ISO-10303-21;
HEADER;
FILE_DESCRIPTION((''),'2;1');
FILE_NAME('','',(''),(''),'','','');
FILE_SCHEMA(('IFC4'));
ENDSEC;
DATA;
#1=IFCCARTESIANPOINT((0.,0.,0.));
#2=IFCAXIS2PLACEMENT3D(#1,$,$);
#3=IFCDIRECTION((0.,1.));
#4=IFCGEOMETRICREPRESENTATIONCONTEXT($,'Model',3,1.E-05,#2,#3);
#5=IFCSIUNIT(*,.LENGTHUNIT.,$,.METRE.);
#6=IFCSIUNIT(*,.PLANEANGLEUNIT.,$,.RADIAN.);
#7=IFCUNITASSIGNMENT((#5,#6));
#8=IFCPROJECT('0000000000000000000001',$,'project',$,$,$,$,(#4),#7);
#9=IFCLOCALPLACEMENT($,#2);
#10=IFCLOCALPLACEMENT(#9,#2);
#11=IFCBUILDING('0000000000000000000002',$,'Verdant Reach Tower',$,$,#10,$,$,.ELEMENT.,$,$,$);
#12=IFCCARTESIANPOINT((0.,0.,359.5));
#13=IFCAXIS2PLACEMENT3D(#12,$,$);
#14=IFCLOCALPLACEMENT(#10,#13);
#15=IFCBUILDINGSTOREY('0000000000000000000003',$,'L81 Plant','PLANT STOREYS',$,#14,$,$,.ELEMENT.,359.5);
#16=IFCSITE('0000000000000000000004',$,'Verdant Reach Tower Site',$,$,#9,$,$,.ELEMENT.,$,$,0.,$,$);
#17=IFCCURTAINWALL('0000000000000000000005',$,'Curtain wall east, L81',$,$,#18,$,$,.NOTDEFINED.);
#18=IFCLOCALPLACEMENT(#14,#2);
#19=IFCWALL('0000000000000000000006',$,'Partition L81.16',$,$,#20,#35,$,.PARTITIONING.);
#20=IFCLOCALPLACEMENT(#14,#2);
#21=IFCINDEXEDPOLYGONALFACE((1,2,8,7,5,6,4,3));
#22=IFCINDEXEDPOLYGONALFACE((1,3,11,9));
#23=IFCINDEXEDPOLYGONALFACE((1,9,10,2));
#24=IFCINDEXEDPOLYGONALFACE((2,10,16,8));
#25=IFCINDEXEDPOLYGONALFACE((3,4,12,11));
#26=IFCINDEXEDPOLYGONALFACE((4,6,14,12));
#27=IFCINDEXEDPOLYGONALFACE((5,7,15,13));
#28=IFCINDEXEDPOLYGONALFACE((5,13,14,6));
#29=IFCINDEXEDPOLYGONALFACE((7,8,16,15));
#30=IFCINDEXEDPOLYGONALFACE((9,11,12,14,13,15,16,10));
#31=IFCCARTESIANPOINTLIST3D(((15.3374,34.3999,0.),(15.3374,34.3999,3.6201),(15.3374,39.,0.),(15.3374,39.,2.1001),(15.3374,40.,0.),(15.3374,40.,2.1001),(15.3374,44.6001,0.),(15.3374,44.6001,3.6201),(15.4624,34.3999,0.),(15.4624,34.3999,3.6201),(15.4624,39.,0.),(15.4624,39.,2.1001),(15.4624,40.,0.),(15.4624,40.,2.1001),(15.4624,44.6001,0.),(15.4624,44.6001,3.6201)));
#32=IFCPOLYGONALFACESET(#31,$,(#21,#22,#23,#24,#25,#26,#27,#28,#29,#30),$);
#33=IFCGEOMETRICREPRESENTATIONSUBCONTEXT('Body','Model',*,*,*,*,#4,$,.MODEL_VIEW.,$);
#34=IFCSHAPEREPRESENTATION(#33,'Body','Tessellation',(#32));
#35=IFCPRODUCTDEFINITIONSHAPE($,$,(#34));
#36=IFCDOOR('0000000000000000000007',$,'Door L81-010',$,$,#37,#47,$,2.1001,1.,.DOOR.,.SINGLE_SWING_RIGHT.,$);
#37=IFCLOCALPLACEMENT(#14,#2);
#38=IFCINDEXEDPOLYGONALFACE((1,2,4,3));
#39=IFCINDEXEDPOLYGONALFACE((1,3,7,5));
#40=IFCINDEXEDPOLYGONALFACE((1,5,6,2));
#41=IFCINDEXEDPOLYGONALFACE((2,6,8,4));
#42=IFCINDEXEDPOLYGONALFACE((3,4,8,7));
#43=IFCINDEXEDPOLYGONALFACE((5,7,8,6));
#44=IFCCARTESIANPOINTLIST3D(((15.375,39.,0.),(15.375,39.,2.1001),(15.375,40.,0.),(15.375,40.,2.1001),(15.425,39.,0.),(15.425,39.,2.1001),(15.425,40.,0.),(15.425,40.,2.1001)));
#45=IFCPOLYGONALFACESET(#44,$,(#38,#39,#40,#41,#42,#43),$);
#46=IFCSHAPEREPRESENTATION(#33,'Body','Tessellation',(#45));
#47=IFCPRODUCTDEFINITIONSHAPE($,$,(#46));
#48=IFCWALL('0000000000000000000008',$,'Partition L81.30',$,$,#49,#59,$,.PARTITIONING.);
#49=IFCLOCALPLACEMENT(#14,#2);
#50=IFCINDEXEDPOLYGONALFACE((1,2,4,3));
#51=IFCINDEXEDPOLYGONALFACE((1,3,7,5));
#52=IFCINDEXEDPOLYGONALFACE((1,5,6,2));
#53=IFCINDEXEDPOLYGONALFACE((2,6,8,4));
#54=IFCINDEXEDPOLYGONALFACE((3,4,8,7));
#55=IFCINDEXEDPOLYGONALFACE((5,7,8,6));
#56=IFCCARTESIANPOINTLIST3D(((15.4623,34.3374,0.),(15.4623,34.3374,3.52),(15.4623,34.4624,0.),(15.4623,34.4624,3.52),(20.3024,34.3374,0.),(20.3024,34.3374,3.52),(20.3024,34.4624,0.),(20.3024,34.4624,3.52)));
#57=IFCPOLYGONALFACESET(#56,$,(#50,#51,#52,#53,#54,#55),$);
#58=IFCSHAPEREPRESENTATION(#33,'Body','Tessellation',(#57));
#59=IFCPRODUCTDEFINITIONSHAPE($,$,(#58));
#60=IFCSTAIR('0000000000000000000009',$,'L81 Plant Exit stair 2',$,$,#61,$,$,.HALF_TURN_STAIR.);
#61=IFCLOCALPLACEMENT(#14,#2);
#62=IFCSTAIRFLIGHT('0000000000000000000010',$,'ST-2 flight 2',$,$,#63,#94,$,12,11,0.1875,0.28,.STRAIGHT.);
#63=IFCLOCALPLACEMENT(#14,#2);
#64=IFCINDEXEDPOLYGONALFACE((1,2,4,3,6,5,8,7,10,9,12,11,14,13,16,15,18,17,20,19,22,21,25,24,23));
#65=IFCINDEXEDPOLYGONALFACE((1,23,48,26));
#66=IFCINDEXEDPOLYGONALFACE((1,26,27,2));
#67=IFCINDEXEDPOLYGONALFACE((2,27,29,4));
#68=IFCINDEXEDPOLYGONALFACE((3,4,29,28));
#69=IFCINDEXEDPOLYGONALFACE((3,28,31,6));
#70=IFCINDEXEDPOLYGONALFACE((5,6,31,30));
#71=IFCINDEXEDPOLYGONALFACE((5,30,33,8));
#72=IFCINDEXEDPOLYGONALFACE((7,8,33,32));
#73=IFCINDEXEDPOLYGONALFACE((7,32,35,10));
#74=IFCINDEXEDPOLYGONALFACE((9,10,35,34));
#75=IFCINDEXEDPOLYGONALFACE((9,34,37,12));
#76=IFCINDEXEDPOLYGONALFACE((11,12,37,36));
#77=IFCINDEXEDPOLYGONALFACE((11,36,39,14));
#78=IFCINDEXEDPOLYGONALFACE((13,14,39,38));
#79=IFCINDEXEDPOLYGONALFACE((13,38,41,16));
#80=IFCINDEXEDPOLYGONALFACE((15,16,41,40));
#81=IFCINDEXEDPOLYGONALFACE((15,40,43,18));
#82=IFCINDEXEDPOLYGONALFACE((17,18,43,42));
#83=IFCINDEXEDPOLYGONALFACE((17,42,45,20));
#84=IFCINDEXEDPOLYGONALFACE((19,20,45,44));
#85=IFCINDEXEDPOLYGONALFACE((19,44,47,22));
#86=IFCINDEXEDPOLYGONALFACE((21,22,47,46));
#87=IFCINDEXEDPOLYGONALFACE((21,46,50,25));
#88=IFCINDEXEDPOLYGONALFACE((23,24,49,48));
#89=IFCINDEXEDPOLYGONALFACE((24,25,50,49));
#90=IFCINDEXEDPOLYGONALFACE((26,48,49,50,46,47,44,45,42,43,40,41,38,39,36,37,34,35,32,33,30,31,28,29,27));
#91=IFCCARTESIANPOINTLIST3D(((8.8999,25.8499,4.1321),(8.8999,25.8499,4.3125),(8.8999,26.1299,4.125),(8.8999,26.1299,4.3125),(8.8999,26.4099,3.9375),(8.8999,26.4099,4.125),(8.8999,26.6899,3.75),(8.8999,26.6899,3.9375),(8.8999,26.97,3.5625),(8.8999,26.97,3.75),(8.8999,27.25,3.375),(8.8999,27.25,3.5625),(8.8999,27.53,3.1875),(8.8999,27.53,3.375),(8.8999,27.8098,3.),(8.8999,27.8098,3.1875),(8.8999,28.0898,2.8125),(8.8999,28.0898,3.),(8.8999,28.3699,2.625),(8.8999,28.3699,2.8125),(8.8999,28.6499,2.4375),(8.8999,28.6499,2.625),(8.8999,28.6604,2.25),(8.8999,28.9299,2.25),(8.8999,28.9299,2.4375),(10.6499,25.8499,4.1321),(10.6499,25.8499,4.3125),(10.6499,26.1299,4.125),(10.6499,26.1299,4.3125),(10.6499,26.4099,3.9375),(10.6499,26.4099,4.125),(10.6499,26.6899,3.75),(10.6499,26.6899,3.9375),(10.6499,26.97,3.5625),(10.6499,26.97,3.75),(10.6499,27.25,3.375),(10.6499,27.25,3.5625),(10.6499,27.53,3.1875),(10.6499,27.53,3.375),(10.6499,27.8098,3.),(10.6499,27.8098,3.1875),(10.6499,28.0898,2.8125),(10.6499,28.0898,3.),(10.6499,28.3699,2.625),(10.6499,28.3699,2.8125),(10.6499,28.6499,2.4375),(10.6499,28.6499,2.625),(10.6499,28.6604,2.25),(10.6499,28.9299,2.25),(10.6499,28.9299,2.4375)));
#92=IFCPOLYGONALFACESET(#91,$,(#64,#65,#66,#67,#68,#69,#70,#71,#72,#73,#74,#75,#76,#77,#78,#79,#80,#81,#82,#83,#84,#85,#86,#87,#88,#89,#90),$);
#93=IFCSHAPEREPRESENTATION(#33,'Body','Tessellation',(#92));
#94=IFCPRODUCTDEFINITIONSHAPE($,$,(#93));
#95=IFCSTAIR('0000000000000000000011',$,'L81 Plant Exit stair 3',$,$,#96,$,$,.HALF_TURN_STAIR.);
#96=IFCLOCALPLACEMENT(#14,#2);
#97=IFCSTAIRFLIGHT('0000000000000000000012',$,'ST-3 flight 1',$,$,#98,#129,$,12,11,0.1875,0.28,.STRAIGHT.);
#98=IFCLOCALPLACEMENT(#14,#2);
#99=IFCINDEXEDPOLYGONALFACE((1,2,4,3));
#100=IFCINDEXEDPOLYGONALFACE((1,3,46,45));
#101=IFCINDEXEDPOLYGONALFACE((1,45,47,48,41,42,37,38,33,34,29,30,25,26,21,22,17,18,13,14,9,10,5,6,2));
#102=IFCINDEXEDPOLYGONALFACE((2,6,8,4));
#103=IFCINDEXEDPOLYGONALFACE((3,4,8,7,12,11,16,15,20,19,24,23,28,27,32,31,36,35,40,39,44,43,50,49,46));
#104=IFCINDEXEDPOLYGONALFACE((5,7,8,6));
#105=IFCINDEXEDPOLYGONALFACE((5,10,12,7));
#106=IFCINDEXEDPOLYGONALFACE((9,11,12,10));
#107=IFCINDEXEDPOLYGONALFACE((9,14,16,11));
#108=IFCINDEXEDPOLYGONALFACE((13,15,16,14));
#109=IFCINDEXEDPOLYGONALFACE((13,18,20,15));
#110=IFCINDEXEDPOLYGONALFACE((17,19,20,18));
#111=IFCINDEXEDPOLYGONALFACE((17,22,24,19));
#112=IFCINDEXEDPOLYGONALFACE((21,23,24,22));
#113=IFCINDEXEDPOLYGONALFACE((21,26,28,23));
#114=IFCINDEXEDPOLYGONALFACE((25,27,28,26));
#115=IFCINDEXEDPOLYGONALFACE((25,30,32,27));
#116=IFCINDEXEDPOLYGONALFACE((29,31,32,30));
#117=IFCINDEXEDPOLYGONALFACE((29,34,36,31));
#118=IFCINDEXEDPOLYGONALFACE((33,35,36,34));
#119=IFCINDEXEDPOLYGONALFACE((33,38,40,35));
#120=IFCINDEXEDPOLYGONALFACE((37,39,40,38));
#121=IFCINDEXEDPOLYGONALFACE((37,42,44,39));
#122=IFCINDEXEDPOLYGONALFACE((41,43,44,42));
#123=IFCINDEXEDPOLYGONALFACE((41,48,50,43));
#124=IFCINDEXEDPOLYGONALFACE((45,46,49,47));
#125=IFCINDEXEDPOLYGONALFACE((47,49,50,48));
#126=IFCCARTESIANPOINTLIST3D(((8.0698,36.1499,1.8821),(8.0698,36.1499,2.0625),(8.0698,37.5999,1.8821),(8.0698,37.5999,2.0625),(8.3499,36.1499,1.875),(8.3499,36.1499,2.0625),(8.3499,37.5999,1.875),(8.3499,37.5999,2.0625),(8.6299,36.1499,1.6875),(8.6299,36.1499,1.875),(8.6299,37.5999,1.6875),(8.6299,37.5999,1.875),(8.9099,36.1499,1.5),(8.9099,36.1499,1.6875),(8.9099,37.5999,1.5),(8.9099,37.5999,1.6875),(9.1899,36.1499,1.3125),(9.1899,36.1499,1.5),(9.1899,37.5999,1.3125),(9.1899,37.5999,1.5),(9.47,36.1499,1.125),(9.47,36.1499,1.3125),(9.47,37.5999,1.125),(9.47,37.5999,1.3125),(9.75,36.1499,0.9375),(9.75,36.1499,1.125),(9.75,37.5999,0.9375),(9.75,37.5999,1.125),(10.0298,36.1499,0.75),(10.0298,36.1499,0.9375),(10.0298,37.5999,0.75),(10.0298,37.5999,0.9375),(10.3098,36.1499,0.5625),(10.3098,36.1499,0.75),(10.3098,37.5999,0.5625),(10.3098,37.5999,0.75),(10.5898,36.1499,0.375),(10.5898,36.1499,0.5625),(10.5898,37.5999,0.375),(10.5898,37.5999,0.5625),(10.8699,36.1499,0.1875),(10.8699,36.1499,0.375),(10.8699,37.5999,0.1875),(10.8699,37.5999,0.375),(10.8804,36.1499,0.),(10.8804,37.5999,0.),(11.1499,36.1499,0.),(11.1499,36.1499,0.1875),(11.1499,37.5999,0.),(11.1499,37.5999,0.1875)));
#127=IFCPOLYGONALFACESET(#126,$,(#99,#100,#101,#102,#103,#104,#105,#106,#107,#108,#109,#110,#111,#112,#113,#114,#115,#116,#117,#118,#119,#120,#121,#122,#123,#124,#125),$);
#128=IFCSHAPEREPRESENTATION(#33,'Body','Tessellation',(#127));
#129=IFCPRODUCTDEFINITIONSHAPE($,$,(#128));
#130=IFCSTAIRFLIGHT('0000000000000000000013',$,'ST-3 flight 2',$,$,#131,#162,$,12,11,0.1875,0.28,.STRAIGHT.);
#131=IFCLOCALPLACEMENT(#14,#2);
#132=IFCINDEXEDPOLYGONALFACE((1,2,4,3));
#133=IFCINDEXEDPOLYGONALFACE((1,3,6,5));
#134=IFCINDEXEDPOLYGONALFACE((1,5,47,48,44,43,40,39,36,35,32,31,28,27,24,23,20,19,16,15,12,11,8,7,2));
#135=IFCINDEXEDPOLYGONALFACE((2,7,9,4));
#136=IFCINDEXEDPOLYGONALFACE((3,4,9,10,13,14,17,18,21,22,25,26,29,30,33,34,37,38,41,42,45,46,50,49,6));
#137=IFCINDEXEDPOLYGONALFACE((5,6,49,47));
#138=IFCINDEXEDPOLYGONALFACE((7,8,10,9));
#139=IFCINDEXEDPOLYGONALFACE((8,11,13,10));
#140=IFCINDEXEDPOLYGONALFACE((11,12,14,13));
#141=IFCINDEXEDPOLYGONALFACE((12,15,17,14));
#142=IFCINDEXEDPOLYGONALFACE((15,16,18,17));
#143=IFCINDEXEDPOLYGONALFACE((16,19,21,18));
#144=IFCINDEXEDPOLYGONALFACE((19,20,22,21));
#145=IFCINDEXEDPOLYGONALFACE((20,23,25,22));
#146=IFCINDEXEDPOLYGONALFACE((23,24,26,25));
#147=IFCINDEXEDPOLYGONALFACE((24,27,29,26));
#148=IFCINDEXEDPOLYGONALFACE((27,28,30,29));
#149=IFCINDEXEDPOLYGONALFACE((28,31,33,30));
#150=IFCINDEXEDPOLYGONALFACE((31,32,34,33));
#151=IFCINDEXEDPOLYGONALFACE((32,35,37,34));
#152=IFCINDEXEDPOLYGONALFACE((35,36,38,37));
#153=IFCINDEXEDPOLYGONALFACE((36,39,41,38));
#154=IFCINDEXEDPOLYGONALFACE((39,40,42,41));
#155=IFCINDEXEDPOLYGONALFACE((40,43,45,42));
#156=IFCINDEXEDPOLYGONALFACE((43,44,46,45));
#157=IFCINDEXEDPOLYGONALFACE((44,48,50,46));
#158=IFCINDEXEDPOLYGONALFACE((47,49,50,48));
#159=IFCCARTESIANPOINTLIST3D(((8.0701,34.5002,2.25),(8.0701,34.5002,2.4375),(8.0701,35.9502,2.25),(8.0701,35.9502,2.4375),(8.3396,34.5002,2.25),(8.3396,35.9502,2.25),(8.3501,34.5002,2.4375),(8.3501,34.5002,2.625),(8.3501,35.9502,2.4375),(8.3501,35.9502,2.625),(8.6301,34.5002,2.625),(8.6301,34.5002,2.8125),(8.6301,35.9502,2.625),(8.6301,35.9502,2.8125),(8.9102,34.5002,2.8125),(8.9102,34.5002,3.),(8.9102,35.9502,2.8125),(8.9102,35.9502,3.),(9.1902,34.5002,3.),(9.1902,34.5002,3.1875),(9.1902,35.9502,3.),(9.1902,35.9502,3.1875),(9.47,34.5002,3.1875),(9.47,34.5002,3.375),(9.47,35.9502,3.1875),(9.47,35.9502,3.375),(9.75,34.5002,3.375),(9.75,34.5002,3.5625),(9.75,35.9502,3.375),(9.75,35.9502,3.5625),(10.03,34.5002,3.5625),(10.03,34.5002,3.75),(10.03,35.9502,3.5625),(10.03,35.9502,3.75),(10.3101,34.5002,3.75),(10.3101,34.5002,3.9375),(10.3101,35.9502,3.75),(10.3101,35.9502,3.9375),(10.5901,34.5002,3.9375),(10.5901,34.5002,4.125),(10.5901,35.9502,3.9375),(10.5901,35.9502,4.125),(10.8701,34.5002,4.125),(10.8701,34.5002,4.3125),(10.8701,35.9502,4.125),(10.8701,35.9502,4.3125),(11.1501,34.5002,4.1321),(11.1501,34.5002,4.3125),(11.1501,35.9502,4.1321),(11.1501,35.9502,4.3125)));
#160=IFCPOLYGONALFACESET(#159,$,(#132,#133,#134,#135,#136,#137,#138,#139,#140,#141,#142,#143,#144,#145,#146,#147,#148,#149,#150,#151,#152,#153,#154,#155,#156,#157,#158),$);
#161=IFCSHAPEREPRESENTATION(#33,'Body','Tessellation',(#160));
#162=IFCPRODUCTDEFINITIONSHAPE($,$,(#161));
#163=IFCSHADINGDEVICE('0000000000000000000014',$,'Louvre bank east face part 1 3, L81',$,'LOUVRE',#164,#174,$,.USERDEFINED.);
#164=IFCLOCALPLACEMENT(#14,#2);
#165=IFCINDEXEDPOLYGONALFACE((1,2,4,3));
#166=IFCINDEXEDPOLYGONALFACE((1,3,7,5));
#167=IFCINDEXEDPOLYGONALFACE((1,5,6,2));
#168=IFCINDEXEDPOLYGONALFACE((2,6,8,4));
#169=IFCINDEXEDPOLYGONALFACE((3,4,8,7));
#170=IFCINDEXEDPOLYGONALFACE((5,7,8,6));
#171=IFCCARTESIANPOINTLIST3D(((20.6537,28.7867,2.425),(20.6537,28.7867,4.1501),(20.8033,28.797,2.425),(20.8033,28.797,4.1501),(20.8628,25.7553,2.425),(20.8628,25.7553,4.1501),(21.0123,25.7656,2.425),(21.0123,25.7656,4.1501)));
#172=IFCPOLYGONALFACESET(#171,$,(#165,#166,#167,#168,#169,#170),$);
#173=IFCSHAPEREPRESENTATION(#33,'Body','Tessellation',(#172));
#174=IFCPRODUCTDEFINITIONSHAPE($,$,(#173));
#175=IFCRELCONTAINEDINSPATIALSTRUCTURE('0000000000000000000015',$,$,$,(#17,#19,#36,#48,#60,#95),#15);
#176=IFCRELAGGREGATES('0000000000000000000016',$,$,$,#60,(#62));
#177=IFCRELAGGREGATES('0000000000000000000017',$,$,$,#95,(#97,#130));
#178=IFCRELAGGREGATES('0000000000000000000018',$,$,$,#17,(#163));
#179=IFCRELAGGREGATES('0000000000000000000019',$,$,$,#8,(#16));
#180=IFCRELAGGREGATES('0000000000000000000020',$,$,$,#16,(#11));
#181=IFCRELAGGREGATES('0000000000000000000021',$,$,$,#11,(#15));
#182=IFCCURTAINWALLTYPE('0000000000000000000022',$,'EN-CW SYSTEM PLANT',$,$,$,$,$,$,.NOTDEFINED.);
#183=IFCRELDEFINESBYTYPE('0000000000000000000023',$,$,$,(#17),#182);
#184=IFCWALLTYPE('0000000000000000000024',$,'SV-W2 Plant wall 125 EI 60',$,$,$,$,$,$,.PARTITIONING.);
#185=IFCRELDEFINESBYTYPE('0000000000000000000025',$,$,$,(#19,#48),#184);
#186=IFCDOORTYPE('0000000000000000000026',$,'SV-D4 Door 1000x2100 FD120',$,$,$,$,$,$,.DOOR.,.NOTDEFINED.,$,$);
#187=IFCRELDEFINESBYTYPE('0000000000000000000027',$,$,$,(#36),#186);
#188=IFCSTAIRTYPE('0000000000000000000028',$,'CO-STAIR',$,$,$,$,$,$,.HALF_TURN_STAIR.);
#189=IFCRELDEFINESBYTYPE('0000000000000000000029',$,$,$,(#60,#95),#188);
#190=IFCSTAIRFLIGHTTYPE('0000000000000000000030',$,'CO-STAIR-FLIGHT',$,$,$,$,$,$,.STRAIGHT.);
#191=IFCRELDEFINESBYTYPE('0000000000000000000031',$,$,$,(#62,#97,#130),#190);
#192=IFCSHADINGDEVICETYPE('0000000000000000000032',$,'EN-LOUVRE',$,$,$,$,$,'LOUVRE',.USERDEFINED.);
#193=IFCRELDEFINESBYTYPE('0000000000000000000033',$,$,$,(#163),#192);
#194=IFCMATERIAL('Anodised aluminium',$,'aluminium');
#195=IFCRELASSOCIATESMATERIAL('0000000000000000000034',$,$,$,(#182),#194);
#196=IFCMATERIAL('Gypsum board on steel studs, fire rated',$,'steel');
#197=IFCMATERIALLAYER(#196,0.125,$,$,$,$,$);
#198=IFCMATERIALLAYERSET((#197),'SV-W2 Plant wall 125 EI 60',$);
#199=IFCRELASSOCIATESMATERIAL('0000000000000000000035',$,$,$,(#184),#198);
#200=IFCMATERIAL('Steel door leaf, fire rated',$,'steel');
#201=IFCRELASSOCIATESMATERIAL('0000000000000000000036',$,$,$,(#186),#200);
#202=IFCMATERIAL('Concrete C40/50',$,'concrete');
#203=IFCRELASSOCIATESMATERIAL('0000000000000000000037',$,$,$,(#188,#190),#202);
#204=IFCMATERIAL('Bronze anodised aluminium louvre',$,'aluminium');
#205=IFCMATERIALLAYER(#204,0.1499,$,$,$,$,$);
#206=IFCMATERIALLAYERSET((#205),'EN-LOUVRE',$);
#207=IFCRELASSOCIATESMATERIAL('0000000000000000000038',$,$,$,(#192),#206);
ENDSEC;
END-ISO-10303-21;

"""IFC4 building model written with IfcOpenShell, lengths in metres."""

from ifc_helpers import new_model, si_unit, direction, frame, frame_2d, origin, origin_2d, place, context, subcontext, project, spatial, polyline, rectangle, outline, extrude, material, layer, layer_set, type_object, element, fill, aggregate, save


model = new_model("IFC4")

# Units and contexts
model_context = context("Model", 3, precision=1e-05, world=origin(), true_north=direction((0.0, 1.0)))
body_context = subcontext(model_context, "Body", "Model", "MODEL_VIEW")
ifc_project = project(units=[si_unit("LENGTHUNIT", "METRE"), si_unit("PLANEANGLEUNIT", "RADIAN")], contexts=[model_context])

# Site, building, storey
site_placement = place(None, origin())
site = spatial("IfcSite", under=ifc_project, at=site_placement, Name="Verdant Reach Tower Site", CompositionType="ELEMENT", RefElevation=0.0)
building_placement = place(site_placement, origin())
building = spatial("IfcBuilding", under=site, at=building_placement, Name="Verdant Reach Tower", CompositionType="ELEMENT")
storey_placement = place(building_placement, frame((0.0, 0.0, 359.5)))
storey = spatial("IfcBuildingStorey", under=building, at=storey_placement, Name="L81 Plant", Description="PLANT STOREYS", CompositionType="ELEMENT", Elevation=359.5)

# Curtain wall
ifc_material_1 = material(Name="Anodised aluminium", Category="aluminium")
curtain_wall_type = type_object("IfcCurtainWallType", Name="EN-CW SYSTEM PLANT", PredefinedType="NOTDEFINED", material=ifc_material_1)
curtain_wall_placement = place(storey_placement, origin())
curtain_wall = element("IfcCurtainWall", 1, at=curtain_wall_placement, inside=storey, type_object=curtain_wall_type, Name="Curtain wall east, L81", PredefinedType="NOTDEFINED")

# Shared definitions
ifc_material_2 = material(Name="Concrete C40/50", Category="concrete")

# Wall, opening, door
ifc_material_3 = material(Name="Gypsum board on steel studs, fire rated", Category="steel")
ifc_layer_1 = layer(ifc_material_3, 0.125)
ifc_layer_set_1 = layer_set([ifc_layer_1], Name="SV-W2 Plant wall 125 EI 60")
wall_type_1 = type_object("IfcWallType", Name="SV-W2 Plant wall 125 EI 60", PredefinedType="PARTITIONING", material=ifc_layer_set_1)
wall_1_placement = place(storey_placement, frame((15.3999, 34.3999, 0.0), z_axis=(0.0, 0.0, 1.0), x_axis=(0.0, 1.0, 0.0)))
wall_1 = element("IfcWall", 2, at=wall_1_placement, inside=storey, type_object=wall_type_1, Name="Partition L81.16", PredefinedType="PARTITIONING", context=body_context, shape_type="SweptSolid", body=[
    extrude(rectangle(XDim=10.2002, YDim=0.125, at=frame_2d((5.1001, 0.0))), origin(), (0.0, 0.0, 1.0), 3.6201),
])
opening_1_placement = place(wall_1_placement, frame((4.6001, 0.0, 0.0)))
opening_1 = element("IfcOpeningElement", 3, at=opening_1_placement, cuts=wall_1, PredefinedType="OPENING", context=body_context, shape_type="SweptSolid", body=[
    extrude(rectangle(XDim=1.0, YDim=2.1001, at=frame_2d((0.5, 1.05))), frame((0.0, 0.0725, 0.0), z_axis=(0.0, -1.0, 0.0), x_axis=(1.0, 0.0, 0.0)), (0.0, 0.0, 1.0), 0.145),
])
ifc_material_4 = material(Name="Steel door leaf, fire rated", Category="steel")
door_type_1 = type_object("IfcDoorType", Name="SV-D4 Door 1000x2100 FD120", OperationType="NOTDEFINED", PredefinedType="DOOR", material=ifc_material_4)
door_1_placement = place(opening_1_placement, origin())
door_1 = element("IfcDoor", 4, at=door_1_placement, inside=storey, type_object=door_type_1, Name="Door L81-010", OperationType="SINGLE_SWING_RIGHT", OverallHeight=2.1001, OverallWidth=1.0, PredefinedType="DOOR", context=body_context, shape_type="SweptSolid", body=[
    extrude(rectangle(XDim=1.0, YDim=2.1001, at=frame_2d((0.5, 1.05))), frame((0.0, 0.0249, 0.0), z_axis=(0.0, -1.0, 0.0), x_axis=(1.0, 0.0, 0.0)), (0.0, 0.0, 1.0), 0.05),
])
fill(opening_1, door_1)

# Wall
wall_2_placement = place(storey_placement, frame((15.4624, 34.3999, 0.0), z_axis=(0.0, 0.0, 1.0), x_axis=(1.0, 0.0, 0.0)))
element("IfcWall", 5, at=wall_2_placement, inside=storey, type_object=wall_type_1, Name="Partition L81.30", PredefinedType="PARTITIONING", context=body_context, shape_type="SweptSolid", body=[
    extrude(rectangle(XDim=4.8401, YDim=0.125, at=frame_2d((2.4199, 0.0))), origin(), (0.0, 0.0, 1.0), 3.52),
])

# Stair, stair flight
stair_type = type_object("IfcStairType", Name="CO-STAIR", PredefinedType="HALF_TURN_STAIR", material=ifc_material_2)
stair_1_placement = place(storey_placement, origin())
stair_1 = element("IfcStair", 6, at=stair_1_placement, inside=storey, type_object=stair_type, Name="L81 Plant Exit stair 2", PredefinedType="HALF_TURN_STAIR")
stair_flight_type = type_object("IfcStairFlightType", Name="CO-STAIR-FLIGHT", PredefinedType="STRAIGHT", material=ifc_material_2)
stair_flight_1_placement = place(storey_placement, frame((9.7749, 28.9299, 2.25), z_axis=(0.0, 0.0, 1.0), x_axis=(0.0, -1.0, 0.0)))
stair_flight_1 = element("IfcStairFlight", 7, at=stair_flight_1_placement, type_object=stair_flight_type, Name="ST-2 flight 2", NumberOfRisers=12, NumberOfTreads=11, PredefinedType="STRAIGHT", RiserHeight=0.1875, TreadLength=0.28, context=body_context, shape_type="SweptSolid", body=[
    extrude(outline(polyline([(0.0, 0.0), (0.0, 0.1875), (0.28, 0.1875), (0.28, 0.375), (0.5601, 0.375), (0.5601, 0.5625), (0.8401, 0.5625), (0.8401, 0.75), (1.1201, 0.75), (1.1201, 0.9375), (1.3999, 0.9375), (1.3999, 1.125), (1.6799, 1.125), (1.6799, 1.3125), (1.96, 1.3125), (1.96, 1.5), (2.24, 1.5), (2.24, 1.6875), (2.52, 1.6875), (2.52, 1.875), (2.8, 1.875), (2.8, 2.0625), (3.0801, 2.0625), (3.0801, 2.25), (3.0801, 1.8821), (0.2695, 0.0), (0.0, 0.0)])), frame((0.0, 0.875, 0.0), z_axis=(0.0, -1.0, 0.0), x_axis=(1.0, 0.0, 0.0)), (0.0, 0.0, 1.0), 1.75),
])
aggregate(stair_1, [stair_flight_1])

# Stair, stair flights
stair_2_placement = place(storey_placement, origin())
stair_2 = element("IfcStair", 8, at=stair_2_placement, inside=storey, type_object=stair_type, Name="L81 Plant Exit stair 3", PredefinedType="HALF_TURN_STAIR")
stair_flight_2_placement = place(storey_placement, frame((11.1499, 36.875, 0.0), z_axis=(0.0, 0.0, 1.0), x_axis=(-1.0, 0.0, 0.0)))
stair_flight_2 = element("IfcStairFlight", 9, at=stair_flight_2_placement, type_object=stair_flight_type, Name="ST-3 flight 1", NumberOfRisers=12, NumberOfTreads=11, PredefinedType="STRAIGHT", RiserHeight=0.1875, TreadLength=0.28, context=body_context, shape_type="SweptSolid", body=[
    extrude(outline(polyline([(0.0, 0.0), (0.0, 0.1875), (0.28, 0.1875), (0.28, 0.375), (0.5601, 0.375), (0.5601, 0.5625), (0.8401, 0.5625), (0.8401, 0.75), (1.1201, 0.75), (1.1201, 0.9375), (1.3999, 0.9375), (1.3999, 1.125), (1.6799, 1.125), (1.6799, 1.3125), (1.96, 1.3125), (1.96, 1.5), (2.24, 1.5), (2.24, 1.6875), (2.52, 1.6875), (2.52, 1.875), (2.8, 1.875), (2.8, 2.0625), (3.0801, 2.0625), (3.0801, 2.25), (3.0801, 1.8821), (0.2695, 0.0), (0.0, 0.0)])), frame((0.0, 0.7251, 0.0), z_axis=(0.0, -1.0, 0.0), x_axis=(1.0, 0.0, 0.0)), (0.0, 0.0, 1.0), 1.45),
])
stair_flight_3_placement = place(storey_placement, frame((8.0701, 35.2251, 2.25), z_axis=(0.0, 0.0, 1.0), x_axis=(1.0, 0.0, 0.0)))
stair_flight_3 = element("IfcStairFlight", 10, at=stair_flight_3_placement, type_object=stair_flight_type, Name="ST-3 flight 2", NumberOfRisers=12, NumberOfTreads=11, PredefinedType="STRAIGHT", RiserHeight=0.1875, TreadLength=0.28, context=body_context, shape_type="SweptSolid", body=[
    extrude(outline(polyline([(0.0, 0.0), (0.0, 0.1875), (0.28, 0.1875), (0.28, 0.375), (0.5601, 0.375), (0.5601, 0.5625), (0.8401, 0.5625), (0.8401, 0.75), (1.1201, 0.75), (1.1201, 0.9375), (1.3999, 0.9375), (1.3999, 1.125), (1.6799, 1.125), (1.6799, 1.3125), (1.96, 1.3125), (1.96, 1.5), (2.24, 1.5), (2.24, 1.6875), (2.52, 1.6875), (2.52, 1.875), (2.8, 1.875), (2.8, 2.0625), (3.0801, 2.0625), (3.0801, 2.25), (3.0801, 1.8821), (0.2695, 0.0), (0.0, 0.0)])), frame((0.0, 0.7251, 0.0), z_axis=(0.0, -1.0, 0.0), x_axis=(1.0, 0.0, 0.0)), (0.0, 0.0, 1.0), 1.45),
])
aggregate(stair_2, [stair_flight_2, stair_flight_3])

# Shading device
ifc_material_5 = material(Name="Bronze anodised aluminium louvre", Category="aluminium")
ifc_layer_2 = layer(ifc_material_5, 0.1499)
ifc_layer_set_2 = layer_set([ifc_layer_2], Name="EN-LOUVRE")
shading_device_type = type_object("IfcShadingDeviceType", Name="EN-LOUVRE", ElementType="LOUVRE", PredefinedType="USERDEFINED", material=ifc_layer_set_2)
shading_device_1_placement = place(storey_placement, frame((20.833, 27.2761, 2.425), z_axis=(0.0, 0.0, 1.0), x_axis=(-0.068802, 0.99763, 0.0)))
shading_device_1 = element("IfcShadingDevice", 11, at=shading_device_1_placement, type_object=shading_device_type, Name="Louvre bank east face part 1 3, L81", ObjectType="LOUVRE", PredefinedType="USERDEFINED", context=body_context, shape_type="SweptSolid", body=[
    extrude(rectangle(XDim=3.0386, YDim=0.1499, at=origin_2d()), origin(), (0.0, 0.0, 1.0), 1.7251),
])
aggregate(curtain_wall, [shading_device_1])

save(model, "model.ifc")
